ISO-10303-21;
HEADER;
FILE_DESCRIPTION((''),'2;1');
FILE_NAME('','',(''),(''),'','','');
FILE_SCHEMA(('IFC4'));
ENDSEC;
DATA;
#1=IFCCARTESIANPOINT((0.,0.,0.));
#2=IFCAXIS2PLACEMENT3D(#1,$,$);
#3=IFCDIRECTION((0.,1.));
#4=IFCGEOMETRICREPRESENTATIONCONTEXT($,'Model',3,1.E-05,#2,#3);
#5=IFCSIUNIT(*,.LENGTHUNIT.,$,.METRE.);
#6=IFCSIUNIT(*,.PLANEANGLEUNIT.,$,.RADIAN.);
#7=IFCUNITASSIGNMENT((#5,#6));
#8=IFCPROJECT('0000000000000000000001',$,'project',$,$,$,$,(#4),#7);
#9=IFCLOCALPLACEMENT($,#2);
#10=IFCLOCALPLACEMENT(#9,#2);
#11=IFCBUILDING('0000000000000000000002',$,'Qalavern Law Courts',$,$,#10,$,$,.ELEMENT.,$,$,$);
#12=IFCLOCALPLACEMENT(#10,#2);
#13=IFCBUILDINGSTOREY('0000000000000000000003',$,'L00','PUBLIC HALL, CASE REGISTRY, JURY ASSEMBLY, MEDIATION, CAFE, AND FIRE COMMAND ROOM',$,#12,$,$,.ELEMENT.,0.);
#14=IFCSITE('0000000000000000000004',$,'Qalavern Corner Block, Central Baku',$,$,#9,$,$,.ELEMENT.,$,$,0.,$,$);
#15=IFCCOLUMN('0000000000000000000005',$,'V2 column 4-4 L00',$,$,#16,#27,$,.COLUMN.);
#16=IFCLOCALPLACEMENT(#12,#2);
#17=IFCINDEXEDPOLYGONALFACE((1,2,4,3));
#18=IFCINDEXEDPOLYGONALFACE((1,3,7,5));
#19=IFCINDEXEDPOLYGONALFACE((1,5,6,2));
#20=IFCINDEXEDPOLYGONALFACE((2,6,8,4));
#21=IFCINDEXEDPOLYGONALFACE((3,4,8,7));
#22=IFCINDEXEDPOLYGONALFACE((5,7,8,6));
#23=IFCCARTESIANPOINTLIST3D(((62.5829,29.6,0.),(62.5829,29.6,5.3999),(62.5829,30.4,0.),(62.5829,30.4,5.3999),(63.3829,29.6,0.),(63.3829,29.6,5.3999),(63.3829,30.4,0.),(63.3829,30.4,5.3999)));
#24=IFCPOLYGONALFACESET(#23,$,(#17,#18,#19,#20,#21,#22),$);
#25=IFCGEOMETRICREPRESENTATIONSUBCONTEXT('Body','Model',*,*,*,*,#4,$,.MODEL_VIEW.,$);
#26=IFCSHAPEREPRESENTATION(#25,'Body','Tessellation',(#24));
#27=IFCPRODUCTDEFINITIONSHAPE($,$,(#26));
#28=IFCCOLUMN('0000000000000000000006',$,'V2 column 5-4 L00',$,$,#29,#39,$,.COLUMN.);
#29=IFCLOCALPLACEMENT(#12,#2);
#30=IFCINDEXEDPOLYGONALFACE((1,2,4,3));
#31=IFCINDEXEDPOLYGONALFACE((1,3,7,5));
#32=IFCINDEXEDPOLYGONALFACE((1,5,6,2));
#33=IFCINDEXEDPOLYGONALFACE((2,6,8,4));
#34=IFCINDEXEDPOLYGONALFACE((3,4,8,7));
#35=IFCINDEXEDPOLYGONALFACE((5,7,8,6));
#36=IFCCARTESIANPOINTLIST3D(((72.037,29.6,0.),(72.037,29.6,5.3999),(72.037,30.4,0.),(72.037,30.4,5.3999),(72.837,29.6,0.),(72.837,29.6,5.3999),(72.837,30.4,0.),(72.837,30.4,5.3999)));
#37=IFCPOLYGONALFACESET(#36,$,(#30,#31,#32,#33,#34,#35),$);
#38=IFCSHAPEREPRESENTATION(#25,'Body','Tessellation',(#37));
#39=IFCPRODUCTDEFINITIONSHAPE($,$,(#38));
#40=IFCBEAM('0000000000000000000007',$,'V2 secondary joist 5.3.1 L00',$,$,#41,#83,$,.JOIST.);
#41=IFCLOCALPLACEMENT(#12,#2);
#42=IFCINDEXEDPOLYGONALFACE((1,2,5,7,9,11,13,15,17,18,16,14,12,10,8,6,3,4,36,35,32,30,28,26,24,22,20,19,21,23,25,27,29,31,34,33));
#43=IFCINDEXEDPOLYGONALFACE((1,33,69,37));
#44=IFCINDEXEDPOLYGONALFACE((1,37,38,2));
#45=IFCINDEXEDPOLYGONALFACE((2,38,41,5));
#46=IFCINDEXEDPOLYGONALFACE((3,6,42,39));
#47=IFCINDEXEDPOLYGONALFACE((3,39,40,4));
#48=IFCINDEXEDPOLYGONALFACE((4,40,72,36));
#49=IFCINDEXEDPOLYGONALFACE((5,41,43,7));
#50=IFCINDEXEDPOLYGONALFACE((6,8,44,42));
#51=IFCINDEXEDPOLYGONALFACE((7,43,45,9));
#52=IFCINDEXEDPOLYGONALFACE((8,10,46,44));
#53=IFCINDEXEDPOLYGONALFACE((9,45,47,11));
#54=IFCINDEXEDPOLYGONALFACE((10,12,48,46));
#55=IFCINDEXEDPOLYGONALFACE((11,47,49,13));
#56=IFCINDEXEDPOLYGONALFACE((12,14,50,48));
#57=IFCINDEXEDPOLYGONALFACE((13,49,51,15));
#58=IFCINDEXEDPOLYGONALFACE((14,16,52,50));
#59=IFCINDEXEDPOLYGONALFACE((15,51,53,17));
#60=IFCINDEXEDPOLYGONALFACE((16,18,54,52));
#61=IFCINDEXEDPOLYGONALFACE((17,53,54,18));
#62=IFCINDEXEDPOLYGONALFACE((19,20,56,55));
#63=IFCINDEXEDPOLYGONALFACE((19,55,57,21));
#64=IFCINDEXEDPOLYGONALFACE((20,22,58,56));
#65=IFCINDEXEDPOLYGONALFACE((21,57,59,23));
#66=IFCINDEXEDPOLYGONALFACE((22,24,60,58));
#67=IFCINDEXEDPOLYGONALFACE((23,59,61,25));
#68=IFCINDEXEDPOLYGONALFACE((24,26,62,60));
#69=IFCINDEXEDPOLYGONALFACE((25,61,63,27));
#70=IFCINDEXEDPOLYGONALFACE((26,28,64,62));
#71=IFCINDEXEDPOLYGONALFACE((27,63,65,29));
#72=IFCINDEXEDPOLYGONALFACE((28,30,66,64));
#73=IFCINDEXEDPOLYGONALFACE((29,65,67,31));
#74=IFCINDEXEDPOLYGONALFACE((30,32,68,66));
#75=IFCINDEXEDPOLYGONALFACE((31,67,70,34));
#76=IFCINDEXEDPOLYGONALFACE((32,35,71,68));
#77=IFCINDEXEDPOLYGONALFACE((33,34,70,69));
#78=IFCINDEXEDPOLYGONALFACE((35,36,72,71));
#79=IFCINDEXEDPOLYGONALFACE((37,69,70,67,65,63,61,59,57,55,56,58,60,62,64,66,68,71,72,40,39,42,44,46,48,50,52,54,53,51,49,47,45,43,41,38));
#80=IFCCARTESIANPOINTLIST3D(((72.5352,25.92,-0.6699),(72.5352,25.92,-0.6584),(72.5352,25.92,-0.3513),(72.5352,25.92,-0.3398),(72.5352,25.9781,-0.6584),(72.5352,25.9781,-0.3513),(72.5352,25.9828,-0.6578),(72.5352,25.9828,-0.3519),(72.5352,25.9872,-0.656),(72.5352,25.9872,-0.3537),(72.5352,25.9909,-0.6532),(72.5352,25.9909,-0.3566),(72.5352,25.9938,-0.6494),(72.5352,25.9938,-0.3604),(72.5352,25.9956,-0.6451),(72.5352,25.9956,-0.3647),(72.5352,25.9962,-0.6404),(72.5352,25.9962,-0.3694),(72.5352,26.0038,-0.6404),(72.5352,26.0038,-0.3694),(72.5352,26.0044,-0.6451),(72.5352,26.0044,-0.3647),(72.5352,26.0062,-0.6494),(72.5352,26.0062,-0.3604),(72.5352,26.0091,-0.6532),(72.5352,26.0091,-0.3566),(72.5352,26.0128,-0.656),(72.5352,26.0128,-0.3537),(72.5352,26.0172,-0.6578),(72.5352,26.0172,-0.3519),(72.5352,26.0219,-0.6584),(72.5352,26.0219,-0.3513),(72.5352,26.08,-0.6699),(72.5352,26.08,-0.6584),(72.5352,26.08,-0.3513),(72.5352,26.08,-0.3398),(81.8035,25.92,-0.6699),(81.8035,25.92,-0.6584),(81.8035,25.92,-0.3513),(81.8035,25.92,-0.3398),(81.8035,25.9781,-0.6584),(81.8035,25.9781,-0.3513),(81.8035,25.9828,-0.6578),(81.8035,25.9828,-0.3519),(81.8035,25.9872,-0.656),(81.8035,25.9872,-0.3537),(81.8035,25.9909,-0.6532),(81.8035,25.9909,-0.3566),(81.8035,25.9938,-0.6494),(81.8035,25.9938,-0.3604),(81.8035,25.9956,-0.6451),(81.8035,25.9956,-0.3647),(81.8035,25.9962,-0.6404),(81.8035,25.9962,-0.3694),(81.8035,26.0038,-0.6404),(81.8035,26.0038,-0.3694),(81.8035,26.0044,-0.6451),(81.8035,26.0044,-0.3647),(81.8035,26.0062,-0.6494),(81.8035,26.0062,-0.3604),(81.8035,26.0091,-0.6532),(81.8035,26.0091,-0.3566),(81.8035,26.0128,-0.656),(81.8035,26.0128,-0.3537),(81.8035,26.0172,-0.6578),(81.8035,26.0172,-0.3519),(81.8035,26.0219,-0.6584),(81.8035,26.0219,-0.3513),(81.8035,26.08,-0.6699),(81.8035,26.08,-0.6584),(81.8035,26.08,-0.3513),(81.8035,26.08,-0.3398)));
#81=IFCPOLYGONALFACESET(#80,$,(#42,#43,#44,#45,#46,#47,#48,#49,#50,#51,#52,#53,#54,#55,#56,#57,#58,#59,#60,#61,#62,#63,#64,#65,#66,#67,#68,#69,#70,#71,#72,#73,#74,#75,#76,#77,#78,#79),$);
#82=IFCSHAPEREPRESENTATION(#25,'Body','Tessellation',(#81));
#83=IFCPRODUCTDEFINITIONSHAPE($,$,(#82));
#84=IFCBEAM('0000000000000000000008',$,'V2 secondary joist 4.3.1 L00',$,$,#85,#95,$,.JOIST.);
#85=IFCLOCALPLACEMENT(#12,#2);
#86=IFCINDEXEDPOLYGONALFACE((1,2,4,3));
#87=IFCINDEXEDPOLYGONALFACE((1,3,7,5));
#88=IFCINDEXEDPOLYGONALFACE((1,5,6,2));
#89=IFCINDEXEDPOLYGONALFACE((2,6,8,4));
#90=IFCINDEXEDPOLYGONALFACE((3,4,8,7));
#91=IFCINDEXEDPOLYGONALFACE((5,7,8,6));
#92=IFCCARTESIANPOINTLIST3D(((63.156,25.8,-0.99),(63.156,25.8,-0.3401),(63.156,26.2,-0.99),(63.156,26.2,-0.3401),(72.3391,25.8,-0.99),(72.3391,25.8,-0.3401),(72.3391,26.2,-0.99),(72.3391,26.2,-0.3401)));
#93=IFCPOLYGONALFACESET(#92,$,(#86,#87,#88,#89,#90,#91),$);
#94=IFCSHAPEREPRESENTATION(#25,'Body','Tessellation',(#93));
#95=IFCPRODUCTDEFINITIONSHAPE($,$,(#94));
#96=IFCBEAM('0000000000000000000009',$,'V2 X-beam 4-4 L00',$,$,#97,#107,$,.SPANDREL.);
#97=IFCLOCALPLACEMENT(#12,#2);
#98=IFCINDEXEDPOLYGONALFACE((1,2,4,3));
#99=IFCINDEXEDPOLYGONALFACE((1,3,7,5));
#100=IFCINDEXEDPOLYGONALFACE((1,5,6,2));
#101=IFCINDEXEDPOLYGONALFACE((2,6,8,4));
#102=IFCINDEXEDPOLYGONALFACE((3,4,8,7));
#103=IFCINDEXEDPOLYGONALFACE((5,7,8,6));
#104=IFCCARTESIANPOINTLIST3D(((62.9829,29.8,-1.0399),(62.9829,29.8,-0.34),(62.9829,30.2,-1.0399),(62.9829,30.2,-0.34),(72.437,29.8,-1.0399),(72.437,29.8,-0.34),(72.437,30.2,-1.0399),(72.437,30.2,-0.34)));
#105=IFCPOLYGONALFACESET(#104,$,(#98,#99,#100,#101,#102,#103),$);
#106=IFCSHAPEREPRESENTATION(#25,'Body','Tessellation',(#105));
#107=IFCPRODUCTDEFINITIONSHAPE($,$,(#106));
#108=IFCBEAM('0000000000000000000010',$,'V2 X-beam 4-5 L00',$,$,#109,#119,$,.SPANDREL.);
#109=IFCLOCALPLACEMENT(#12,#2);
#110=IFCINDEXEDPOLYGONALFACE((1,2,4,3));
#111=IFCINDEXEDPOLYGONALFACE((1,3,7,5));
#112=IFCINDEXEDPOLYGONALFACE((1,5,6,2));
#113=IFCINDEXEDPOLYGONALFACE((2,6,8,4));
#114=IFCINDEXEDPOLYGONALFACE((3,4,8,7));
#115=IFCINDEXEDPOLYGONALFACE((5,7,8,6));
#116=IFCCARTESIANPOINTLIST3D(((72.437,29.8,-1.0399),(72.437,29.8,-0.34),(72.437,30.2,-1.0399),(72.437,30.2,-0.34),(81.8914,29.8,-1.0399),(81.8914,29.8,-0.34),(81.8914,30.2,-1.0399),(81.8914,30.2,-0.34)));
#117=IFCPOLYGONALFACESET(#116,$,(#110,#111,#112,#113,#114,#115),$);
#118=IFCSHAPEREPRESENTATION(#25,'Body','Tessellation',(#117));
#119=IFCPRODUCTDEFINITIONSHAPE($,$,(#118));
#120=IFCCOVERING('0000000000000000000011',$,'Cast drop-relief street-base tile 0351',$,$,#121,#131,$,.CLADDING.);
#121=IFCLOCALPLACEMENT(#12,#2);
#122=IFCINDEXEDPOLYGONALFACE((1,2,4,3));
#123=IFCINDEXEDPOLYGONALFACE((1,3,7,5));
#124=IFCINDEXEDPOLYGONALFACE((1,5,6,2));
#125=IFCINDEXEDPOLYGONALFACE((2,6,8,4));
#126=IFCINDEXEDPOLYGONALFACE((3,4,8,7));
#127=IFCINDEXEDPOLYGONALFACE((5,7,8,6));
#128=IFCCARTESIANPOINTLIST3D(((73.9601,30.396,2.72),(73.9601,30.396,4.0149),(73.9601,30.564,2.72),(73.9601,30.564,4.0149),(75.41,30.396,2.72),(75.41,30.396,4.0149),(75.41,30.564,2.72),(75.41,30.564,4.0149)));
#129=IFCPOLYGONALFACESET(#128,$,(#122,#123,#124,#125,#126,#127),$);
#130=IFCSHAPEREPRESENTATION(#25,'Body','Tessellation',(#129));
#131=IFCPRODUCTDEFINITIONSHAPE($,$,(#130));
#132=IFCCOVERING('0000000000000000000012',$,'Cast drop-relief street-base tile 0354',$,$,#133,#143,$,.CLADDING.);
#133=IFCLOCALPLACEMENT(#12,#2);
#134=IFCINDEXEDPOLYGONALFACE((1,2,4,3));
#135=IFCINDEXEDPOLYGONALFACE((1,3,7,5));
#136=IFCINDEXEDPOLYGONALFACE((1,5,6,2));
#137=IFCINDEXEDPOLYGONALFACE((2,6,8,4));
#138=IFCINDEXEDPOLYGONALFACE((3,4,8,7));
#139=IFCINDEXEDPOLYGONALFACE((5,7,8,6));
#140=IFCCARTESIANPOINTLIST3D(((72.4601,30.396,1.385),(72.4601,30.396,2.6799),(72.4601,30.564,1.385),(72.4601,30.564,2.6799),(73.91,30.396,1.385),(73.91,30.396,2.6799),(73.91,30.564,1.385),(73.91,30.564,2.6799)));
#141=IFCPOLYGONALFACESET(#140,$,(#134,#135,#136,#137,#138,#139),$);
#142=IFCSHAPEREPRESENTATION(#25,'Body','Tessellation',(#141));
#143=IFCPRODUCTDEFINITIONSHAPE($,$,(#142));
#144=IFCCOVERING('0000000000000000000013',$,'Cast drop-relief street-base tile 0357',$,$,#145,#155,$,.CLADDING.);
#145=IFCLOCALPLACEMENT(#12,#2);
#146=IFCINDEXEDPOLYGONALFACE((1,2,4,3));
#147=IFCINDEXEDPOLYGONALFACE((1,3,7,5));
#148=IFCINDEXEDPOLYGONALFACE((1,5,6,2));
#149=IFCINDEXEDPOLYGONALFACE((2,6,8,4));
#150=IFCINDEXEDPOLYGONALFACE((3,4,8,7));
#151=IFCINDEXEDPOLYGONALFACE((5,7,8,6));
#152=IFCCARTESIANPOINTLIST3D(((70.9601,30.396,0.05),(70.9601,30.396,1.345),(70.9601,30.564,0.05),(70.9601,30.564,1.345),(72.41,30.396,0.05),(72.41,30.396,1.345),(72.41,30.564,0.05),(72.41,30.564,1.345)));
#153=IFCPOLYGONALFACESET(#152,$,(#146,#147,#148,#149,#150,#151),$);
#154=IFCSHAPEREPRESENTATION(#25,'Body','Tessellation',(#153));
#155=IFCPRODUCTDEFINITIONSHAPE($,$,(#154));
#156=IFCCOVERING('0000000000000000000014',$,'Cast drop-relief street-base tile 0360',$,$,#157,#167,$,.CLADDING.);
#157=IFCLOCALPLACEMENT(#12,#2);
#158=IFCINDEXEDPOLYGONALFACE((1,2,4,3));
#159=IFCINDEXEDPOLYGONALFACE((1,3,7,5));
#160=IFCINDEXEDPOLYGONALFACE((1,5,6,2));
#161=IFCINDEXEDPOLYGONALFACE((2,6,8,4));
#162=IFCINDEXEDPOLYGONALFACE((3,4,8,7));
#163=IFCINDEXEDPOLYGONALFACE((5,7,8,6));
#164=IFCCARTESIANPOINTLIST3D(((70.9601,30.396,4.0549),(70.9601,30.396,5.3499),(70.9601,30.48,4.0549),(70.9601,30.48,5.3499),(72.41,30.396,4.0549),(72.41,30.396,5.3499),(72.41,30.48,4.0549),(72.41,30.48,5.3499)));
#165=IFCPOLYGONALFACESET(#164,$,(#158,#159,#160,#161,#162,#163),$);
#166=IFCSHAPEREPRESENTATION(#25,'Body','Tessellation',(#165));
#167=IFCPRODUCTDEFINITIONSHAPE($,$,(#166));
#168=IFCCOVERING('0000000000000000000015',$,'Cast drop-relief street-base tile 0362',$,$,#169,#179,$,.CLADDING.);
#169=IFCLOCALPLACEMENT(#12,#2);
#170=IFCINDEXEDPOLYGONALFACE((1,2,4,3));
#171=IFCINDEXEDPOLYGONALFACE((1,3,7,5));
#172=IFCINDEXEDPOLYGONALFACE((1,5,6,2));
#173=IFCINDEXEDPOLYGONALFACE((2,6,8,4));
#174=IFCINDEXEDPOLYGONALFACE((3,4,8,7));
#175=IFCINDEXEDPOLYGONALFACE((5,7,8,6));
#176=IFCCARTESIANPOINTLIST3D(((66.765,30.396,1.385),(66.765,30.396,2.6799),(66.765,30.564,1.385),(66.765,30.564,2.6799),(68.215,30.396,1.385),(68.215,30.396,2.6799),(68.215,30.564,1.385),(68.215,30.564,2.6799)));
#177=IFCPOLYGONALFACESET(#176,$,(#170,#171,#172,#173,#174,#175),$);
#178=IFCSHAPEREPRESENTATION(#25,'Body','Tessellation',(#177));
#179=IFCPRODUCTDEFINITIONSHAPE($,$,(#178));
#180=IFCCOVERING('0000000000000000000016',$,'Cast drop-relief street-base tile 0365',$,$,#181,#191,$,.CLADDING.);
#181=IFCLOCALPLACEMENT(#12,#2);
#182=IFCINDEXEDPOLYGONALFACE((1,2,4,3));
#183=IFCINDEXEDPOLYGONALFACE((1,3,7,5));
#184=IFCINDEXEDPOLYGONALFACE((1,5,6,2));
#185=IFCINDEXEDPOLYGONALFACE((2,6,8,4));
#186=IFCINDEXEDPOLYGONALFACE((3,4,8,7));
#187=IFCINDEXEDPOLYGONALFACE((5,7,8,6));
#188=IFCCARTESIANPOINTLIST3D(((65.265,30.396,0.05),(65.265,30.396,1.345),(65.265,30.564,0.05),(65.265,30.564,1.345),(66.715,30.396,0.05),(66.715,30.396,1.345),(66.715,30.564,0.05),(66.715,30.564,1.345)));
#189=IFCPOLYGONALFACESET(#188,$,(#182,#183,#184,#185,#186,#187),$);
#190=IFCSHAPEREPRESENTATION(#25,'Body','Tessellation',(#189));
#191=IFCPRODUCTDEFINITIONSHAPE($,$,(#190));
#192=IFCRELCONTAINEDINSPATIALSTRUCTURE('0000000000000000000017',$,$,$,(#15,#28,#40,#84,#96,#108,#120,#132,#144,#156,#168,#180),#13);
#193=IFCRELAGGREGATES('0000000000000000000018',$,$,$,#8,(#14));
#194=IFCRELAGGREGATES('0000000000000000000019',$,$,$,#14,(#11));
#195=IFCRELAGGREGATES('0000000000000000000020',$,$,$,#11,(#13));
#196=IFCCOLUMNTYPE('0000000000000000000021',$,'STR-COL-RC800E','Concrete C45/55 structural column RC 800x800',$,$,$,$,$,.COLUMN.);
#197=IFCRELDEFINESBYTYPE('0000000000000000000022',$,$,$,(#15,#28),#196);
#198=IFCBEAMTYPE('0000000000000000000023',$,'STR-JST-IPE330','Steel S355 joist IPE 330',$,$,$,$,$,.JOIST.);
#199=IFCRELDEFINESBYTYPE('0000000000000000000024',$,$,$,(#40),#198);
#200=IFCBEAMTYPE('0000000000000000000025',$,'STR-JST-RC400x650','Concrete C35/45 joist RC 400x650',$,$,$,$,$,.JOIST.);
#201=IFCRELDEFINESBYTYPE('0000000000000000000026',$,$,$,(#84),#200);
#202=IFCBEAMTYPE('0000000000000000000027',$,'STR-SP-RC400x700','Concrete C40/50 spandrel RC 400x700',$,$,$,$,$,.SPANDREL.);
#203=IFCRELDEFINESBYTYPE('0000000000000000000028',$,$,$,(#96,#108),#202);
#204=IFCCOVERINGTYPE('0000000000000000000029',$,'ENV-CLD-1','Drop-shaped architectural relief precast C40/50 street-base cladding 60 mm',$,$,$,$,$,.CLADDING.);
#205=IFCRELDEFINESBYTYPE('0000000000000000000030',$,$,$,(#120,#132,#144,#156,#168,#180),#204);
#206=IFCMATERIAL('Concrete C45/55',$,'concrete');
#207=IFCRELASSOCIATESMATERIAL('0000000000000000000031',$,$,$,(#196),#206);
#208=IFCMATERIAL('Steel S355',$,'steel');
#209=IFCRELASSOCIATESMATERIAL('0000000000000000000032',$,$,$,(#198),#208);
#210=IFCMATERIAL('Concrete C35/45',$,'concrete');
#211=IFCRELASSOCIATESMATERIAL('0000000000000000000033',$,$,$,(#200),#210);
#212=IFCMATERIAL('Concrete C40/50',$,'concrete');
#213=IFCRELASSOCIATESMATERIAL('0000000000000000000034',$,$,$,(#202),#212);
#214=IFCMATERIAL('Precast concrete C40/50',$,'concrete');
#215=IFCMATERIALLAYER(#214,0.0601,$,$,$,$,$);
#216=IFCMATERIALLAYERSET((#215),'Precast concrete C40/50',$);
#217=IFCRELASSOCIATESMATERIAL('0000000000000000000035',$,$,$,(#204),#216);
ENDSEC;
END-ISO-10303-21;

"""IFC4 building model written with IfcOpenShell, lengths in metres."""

from ifc_helpers import new_model, si_unit, direction, frame, origin, origin_2d, place, context, subcontext, project, spatial, rectangle, i_section, extrude, material, layer, layer_set, material_profile, profile_set, type_object, element, save


model = new_model("IFC4")

# Units and contexts
model_context = context("Model", 3, precision=1e-05, world=origin(), true_north=direction((0.0, 1.0)))
body_context = subcontext(model_context, "Body", "Model", "MODEL_VIEW")
ifc_project = project(units=[si_unit("LENGTHUNIT", "METRE"), si_unit("PLANEANGLEUNIT", "RADIAN")], contexts=[model_context])

# Site, building, storey
site_placement = place(None, origin())
site = spatial("IfcSite", under=ifc_project, at=site_placement, Name="Qalavern Corner Block, Central Baku", CompositionType="ELEMENT", RefElevation=0.0)
building_placement = place(site_placement, origin())
building = spatial("IfcBuilding", under=site, at=building_placement, Name="Qalavern Law Courts", CompositionType="ELEMENT")
storey_placement = place(building_placement, origin())
storey = spatial("IfcBuildingStorey", under=building, at=storey_placement, Name="L00", Description="PUBLIC HALL, CASE REGISTRY, JURY ASSEMBLY, MEDIATION, CAFE, AND FIRE COMMAND ROOM", CompositionType="ELEMENT", Elevation=0.0)

# Columns
ifc_material_1 = material(Name="Concrete C45/55", Category="concrete")
ifc_material_profile_1 = material_profile(ifc_material_1, rectangle(XDim=0.8, YDim=0.8, at=origin_2d()), Name="RC 800x800")
ifc_profile_set_1 = profile_set([ifc_material_profile_1], Name="Concrete C45/55")
column_type = type_object("IfcColumnType", Name="STR-COL-RC800E", Description="Concrete C45/55 structural column RC 800x800", PredefinedType="COLUMN", material=ifc_profile_set_1)
for number, where, z_axis, x_axis, name in (
    (1, (62.9829, 30.0, 0.0), (0.0, 0.0, 1.0), (1.0, 0.0, 0.0), "V2 column 4-4 L00"),
    (2, (72.437, 30.0, 0.0), (0.0, 0.0, 1.0), (1.0, 0.0, 0.0), "V2 column 5-4 L00"),
):
    element("IfcColumn", number, at=place(storey_placement, frame(where, z_axis=z_axis, x_axis=x_axis)), inside=storey, type_object=column_type, Name=name, PredefinedType="COLUMN", context=body_context, shape_type="SweptSolid", body=[
        extrude(rectangle(XDim=0.8, YDim=0.8, at=origin_2d()), origin(), (0.0, 0.0, 1.0), 5.3999),
    ])

# Beams
ifc_material_2 = material(Name="Steel S355", Category="steel")
ifc_material_profile_2 = material_profile(ifc_material_2, i_section(OverallWidth=0.1599, OverallDepth=0.3301, WebThickness=0.0076, FlangeThickness=0.0115, FilletRadius=0.0181, at=origin_2d()), Name="IPE 330")
ifc_profile_set_2 = profile_set([ifc_material_profile_2], Name="Steel S355")
beam_type_1 = type_object("IfcBeamType", Name="STR-JST-IPE330", Description="Steel S355 joist IPE 330", PredefinedType="JOIST", material=ifc_profile_set_2)
beam_1_placement = place(storey_placement, frame((72.5352, 26.0, -0.5049), z_axis=(1.0, 0.0, 0.0), x_axis=(0.0, 1.0, 0.0)))
element("IfcBeam", 3, at=beam_1_placement, inside=storey, type_object=beam_type_1, Name="V2 secondary joist 5.3.1 L00", PredefinedType="JOIST", context=body_context, shape_type="SweptSolid", body=[
    extrude(i_section(OverallWidth=0.1599, OverallDepth=0.3301, WebThickness=0.0076, FlangeThickness=0.0115, FilletRadius=0.0181, at=origin_2d()), origin(), (0.0, 0.0, 1.0), 9.2683),
])
ifc_material_3 = material(Name="Concrete C35/45", Category="concrete")
ifc_material_profile_3 = material_profile(ifc_material_3, rectangle(XDim=0.3999, YDim=0.6499, at=origin_2d()), Name="RC 400x650")
ifc_profile_set_3 = profile_set([ifc_material_profile_3], Name="Concrete C35/45")
beam_type_2 = type_object("IfcBeamType", Name="STR-JST-RC400x650", Description="Concrete C35/45 joist RC 400x650", PredefinedType="JOIST", material=ifc_profile_set_3)
beam_2_placement = place(storey_placement, frame((63.156, 26.0, -0.665), z_axis=(1.0, 0.0, 0.0), x_axis=(0.0, 1.0, 0.0)))
element("IfcBeam", 4, at=beam_2_placement, inside=storey, type_object=beam_type_2, Name="V2 secondary joist 4.3.1 L00", PredefinedType="JOIST", context=body_context, shape_type="SweptSolid", body=[
    extrude(rectangle(XDim=0.3999, YDim=0.6499, at=origin_2d()), origin(), (0.0, 0.0, 1.0), 9.1831),
])
ifc_material_4 = material(Name="Concrete C40/50", Category="concrete")
ifc_material_profile_4 = material_profile(ifc_material_4, rectangle(XDim=0.3999, YDim=0.7, at=origin_2d()), Name="RC 400x700")
ifc_profile_set_4 = profile_set([ifc_material_profile_4], Name="Concrete C40/50")
beam_type_3 = type_object("IfcBeamType", Name="STR-SP-RC400x700", Description="Concrete C40/50 spandrel RC 400x700", PredefinedType="SPANDREL", material=ifc_profile_set_4)
beam_3_placement = place(storey_placement, frame((62.9829, 30.0, -0.6899), z_axis=(1.0, 0.0, 0.0), x_axis=(0.0, 1.0, 0.0)))
element("IfcBeam", 5, at=beam_3_placement, inside=storey, type_object=beam_type_3, Name="V2 X-beam 4-4 L00", PredefinedType="SPANDREL", context=body_context, shape_type="SweptSolid", body=[
    extrude(rectangle(XDim=0.3999, YDim=0.7, at=origin_2d()), origin(), (0.0, 0.0, 1.0), 9.4541),
])
beam_4_placement = place(storey_placement, frame((72.437, 30.0, -0.6899), z_axis=(1.0, 0.0, 0.0), x_axis=(0.0, 1.0, 0.0)))
element("IfcBeam", 6, at=beam_4_placement, inside=storey, type_object=beam_type_3, Name="V2 X-beam 4-5 L00", PredefinedType="SPANDREL", context=body_context, shape_type="SweptSolid", body=[
    extrude(rectangle(XDim=0.3999, YDim=0.7, at=origin_2d()), origin(), (0.0, 0.0, 1.0), 9.4543),
])

# Coverings
ifc_material_5 = material(Name="Precast concrete C40/50", Category="concrete")
ifc_layer_1 = layer(ifc_material_5, 0.0601)
ifc_layer_set_1 = layer_set([ifc_layer_1], Name="Precast concrete C40/50")
covering_type_1 = type_object("IfcCoveringType", Name="ENV-CLD-1", Description="Drop-shaped architectural relief precast C40/50 street-base cladding 60 mm", PredefinedType="CLADDING", material=ifc_layer_set_1)
for number, where, z_axis, x_axis, name in (
    (7, (74.6851, 30.48, 2.72), (0.0, 0.0, 1.0), (-1.0, 0.0, 0.0), "Cast drop-relief street-base tile 0351"),
    (8, (73.1851, 30.48, 1.385), (0.0, 0.0, 1.0), (-1.0, 0.0, 0.0), "Cast drop-relief street-base tile 0354"),
    (9, (71.6851, 30.48, 0.05), (0.0, 0.0, 1.0), (-1.0, 0.0, 0.0), "Cast drop-relief street-base tile 0357"),
):
    element("IfcCovering", number, at=place(storey_placement, frame(where, z_axis=z_axis, x_axis=x_axis)), inside=storey, type_object=covering_type_1, Name=name, PredefinedType="CLADDING", context=body_context, shape_type="SweptSolid", body=[
        extrude(rectangle(XDim=1.45, YDim=0.168, at=origin_2d()), origin(), (0.0, 0.0, 1.0), 1.2949),
    ])
covering_1_placement = place(storey_placement, frame((71.6851, 30.438, 4.0549), z_axis=(0.0, 0.0, 1.0), x_axis=(-1.0, 0.0, 0.0)))
element("IfcCovering", 10, at=covering_1_placement, inside=storey, type_object=covering_type_1, Name="Cast drop-relief street-base tile 0360", PredefinedType="CLADDING", context=body_context, shape_type="SweptSolid", body=[
    extrude(rectangle(XDim=1.45, YDim=0.084, at=origin_2d()), origin(), (0.0, 0.0, 1.0), 1.2949),
])
for number, where, z_axis, x_axis, name in (
    (11, (67.49, 30.48, 1.385), (0.0, 0.0, 1.0), (-1.0, 0.0, 0.0), "Cast drop-relief street-base tile 0362"),
    (12, (65.99, 30.48, 0.05), (0.0, 0.0, 1.0), (-1.0, 0.0, 0.0), "Cast drop-relief street-base tile 0365"),
):
    element("IfcCovering", number, at=place(storey_placement, frame(where, z_axis=z_axis, x_axis=x_axis)), inside=storey, type_object=covering_type_1, Name=name, PredefinedType="CLADDING", context=body_context, shape_type="SweptSolid", body=[
        extrude(rectangle(XDim=1.45, YDim=0.168, at=origin_2d()), origin(), (0.0, 0.0, 1.0), 1.2949),
    ])

save(model, "model.ifc")
